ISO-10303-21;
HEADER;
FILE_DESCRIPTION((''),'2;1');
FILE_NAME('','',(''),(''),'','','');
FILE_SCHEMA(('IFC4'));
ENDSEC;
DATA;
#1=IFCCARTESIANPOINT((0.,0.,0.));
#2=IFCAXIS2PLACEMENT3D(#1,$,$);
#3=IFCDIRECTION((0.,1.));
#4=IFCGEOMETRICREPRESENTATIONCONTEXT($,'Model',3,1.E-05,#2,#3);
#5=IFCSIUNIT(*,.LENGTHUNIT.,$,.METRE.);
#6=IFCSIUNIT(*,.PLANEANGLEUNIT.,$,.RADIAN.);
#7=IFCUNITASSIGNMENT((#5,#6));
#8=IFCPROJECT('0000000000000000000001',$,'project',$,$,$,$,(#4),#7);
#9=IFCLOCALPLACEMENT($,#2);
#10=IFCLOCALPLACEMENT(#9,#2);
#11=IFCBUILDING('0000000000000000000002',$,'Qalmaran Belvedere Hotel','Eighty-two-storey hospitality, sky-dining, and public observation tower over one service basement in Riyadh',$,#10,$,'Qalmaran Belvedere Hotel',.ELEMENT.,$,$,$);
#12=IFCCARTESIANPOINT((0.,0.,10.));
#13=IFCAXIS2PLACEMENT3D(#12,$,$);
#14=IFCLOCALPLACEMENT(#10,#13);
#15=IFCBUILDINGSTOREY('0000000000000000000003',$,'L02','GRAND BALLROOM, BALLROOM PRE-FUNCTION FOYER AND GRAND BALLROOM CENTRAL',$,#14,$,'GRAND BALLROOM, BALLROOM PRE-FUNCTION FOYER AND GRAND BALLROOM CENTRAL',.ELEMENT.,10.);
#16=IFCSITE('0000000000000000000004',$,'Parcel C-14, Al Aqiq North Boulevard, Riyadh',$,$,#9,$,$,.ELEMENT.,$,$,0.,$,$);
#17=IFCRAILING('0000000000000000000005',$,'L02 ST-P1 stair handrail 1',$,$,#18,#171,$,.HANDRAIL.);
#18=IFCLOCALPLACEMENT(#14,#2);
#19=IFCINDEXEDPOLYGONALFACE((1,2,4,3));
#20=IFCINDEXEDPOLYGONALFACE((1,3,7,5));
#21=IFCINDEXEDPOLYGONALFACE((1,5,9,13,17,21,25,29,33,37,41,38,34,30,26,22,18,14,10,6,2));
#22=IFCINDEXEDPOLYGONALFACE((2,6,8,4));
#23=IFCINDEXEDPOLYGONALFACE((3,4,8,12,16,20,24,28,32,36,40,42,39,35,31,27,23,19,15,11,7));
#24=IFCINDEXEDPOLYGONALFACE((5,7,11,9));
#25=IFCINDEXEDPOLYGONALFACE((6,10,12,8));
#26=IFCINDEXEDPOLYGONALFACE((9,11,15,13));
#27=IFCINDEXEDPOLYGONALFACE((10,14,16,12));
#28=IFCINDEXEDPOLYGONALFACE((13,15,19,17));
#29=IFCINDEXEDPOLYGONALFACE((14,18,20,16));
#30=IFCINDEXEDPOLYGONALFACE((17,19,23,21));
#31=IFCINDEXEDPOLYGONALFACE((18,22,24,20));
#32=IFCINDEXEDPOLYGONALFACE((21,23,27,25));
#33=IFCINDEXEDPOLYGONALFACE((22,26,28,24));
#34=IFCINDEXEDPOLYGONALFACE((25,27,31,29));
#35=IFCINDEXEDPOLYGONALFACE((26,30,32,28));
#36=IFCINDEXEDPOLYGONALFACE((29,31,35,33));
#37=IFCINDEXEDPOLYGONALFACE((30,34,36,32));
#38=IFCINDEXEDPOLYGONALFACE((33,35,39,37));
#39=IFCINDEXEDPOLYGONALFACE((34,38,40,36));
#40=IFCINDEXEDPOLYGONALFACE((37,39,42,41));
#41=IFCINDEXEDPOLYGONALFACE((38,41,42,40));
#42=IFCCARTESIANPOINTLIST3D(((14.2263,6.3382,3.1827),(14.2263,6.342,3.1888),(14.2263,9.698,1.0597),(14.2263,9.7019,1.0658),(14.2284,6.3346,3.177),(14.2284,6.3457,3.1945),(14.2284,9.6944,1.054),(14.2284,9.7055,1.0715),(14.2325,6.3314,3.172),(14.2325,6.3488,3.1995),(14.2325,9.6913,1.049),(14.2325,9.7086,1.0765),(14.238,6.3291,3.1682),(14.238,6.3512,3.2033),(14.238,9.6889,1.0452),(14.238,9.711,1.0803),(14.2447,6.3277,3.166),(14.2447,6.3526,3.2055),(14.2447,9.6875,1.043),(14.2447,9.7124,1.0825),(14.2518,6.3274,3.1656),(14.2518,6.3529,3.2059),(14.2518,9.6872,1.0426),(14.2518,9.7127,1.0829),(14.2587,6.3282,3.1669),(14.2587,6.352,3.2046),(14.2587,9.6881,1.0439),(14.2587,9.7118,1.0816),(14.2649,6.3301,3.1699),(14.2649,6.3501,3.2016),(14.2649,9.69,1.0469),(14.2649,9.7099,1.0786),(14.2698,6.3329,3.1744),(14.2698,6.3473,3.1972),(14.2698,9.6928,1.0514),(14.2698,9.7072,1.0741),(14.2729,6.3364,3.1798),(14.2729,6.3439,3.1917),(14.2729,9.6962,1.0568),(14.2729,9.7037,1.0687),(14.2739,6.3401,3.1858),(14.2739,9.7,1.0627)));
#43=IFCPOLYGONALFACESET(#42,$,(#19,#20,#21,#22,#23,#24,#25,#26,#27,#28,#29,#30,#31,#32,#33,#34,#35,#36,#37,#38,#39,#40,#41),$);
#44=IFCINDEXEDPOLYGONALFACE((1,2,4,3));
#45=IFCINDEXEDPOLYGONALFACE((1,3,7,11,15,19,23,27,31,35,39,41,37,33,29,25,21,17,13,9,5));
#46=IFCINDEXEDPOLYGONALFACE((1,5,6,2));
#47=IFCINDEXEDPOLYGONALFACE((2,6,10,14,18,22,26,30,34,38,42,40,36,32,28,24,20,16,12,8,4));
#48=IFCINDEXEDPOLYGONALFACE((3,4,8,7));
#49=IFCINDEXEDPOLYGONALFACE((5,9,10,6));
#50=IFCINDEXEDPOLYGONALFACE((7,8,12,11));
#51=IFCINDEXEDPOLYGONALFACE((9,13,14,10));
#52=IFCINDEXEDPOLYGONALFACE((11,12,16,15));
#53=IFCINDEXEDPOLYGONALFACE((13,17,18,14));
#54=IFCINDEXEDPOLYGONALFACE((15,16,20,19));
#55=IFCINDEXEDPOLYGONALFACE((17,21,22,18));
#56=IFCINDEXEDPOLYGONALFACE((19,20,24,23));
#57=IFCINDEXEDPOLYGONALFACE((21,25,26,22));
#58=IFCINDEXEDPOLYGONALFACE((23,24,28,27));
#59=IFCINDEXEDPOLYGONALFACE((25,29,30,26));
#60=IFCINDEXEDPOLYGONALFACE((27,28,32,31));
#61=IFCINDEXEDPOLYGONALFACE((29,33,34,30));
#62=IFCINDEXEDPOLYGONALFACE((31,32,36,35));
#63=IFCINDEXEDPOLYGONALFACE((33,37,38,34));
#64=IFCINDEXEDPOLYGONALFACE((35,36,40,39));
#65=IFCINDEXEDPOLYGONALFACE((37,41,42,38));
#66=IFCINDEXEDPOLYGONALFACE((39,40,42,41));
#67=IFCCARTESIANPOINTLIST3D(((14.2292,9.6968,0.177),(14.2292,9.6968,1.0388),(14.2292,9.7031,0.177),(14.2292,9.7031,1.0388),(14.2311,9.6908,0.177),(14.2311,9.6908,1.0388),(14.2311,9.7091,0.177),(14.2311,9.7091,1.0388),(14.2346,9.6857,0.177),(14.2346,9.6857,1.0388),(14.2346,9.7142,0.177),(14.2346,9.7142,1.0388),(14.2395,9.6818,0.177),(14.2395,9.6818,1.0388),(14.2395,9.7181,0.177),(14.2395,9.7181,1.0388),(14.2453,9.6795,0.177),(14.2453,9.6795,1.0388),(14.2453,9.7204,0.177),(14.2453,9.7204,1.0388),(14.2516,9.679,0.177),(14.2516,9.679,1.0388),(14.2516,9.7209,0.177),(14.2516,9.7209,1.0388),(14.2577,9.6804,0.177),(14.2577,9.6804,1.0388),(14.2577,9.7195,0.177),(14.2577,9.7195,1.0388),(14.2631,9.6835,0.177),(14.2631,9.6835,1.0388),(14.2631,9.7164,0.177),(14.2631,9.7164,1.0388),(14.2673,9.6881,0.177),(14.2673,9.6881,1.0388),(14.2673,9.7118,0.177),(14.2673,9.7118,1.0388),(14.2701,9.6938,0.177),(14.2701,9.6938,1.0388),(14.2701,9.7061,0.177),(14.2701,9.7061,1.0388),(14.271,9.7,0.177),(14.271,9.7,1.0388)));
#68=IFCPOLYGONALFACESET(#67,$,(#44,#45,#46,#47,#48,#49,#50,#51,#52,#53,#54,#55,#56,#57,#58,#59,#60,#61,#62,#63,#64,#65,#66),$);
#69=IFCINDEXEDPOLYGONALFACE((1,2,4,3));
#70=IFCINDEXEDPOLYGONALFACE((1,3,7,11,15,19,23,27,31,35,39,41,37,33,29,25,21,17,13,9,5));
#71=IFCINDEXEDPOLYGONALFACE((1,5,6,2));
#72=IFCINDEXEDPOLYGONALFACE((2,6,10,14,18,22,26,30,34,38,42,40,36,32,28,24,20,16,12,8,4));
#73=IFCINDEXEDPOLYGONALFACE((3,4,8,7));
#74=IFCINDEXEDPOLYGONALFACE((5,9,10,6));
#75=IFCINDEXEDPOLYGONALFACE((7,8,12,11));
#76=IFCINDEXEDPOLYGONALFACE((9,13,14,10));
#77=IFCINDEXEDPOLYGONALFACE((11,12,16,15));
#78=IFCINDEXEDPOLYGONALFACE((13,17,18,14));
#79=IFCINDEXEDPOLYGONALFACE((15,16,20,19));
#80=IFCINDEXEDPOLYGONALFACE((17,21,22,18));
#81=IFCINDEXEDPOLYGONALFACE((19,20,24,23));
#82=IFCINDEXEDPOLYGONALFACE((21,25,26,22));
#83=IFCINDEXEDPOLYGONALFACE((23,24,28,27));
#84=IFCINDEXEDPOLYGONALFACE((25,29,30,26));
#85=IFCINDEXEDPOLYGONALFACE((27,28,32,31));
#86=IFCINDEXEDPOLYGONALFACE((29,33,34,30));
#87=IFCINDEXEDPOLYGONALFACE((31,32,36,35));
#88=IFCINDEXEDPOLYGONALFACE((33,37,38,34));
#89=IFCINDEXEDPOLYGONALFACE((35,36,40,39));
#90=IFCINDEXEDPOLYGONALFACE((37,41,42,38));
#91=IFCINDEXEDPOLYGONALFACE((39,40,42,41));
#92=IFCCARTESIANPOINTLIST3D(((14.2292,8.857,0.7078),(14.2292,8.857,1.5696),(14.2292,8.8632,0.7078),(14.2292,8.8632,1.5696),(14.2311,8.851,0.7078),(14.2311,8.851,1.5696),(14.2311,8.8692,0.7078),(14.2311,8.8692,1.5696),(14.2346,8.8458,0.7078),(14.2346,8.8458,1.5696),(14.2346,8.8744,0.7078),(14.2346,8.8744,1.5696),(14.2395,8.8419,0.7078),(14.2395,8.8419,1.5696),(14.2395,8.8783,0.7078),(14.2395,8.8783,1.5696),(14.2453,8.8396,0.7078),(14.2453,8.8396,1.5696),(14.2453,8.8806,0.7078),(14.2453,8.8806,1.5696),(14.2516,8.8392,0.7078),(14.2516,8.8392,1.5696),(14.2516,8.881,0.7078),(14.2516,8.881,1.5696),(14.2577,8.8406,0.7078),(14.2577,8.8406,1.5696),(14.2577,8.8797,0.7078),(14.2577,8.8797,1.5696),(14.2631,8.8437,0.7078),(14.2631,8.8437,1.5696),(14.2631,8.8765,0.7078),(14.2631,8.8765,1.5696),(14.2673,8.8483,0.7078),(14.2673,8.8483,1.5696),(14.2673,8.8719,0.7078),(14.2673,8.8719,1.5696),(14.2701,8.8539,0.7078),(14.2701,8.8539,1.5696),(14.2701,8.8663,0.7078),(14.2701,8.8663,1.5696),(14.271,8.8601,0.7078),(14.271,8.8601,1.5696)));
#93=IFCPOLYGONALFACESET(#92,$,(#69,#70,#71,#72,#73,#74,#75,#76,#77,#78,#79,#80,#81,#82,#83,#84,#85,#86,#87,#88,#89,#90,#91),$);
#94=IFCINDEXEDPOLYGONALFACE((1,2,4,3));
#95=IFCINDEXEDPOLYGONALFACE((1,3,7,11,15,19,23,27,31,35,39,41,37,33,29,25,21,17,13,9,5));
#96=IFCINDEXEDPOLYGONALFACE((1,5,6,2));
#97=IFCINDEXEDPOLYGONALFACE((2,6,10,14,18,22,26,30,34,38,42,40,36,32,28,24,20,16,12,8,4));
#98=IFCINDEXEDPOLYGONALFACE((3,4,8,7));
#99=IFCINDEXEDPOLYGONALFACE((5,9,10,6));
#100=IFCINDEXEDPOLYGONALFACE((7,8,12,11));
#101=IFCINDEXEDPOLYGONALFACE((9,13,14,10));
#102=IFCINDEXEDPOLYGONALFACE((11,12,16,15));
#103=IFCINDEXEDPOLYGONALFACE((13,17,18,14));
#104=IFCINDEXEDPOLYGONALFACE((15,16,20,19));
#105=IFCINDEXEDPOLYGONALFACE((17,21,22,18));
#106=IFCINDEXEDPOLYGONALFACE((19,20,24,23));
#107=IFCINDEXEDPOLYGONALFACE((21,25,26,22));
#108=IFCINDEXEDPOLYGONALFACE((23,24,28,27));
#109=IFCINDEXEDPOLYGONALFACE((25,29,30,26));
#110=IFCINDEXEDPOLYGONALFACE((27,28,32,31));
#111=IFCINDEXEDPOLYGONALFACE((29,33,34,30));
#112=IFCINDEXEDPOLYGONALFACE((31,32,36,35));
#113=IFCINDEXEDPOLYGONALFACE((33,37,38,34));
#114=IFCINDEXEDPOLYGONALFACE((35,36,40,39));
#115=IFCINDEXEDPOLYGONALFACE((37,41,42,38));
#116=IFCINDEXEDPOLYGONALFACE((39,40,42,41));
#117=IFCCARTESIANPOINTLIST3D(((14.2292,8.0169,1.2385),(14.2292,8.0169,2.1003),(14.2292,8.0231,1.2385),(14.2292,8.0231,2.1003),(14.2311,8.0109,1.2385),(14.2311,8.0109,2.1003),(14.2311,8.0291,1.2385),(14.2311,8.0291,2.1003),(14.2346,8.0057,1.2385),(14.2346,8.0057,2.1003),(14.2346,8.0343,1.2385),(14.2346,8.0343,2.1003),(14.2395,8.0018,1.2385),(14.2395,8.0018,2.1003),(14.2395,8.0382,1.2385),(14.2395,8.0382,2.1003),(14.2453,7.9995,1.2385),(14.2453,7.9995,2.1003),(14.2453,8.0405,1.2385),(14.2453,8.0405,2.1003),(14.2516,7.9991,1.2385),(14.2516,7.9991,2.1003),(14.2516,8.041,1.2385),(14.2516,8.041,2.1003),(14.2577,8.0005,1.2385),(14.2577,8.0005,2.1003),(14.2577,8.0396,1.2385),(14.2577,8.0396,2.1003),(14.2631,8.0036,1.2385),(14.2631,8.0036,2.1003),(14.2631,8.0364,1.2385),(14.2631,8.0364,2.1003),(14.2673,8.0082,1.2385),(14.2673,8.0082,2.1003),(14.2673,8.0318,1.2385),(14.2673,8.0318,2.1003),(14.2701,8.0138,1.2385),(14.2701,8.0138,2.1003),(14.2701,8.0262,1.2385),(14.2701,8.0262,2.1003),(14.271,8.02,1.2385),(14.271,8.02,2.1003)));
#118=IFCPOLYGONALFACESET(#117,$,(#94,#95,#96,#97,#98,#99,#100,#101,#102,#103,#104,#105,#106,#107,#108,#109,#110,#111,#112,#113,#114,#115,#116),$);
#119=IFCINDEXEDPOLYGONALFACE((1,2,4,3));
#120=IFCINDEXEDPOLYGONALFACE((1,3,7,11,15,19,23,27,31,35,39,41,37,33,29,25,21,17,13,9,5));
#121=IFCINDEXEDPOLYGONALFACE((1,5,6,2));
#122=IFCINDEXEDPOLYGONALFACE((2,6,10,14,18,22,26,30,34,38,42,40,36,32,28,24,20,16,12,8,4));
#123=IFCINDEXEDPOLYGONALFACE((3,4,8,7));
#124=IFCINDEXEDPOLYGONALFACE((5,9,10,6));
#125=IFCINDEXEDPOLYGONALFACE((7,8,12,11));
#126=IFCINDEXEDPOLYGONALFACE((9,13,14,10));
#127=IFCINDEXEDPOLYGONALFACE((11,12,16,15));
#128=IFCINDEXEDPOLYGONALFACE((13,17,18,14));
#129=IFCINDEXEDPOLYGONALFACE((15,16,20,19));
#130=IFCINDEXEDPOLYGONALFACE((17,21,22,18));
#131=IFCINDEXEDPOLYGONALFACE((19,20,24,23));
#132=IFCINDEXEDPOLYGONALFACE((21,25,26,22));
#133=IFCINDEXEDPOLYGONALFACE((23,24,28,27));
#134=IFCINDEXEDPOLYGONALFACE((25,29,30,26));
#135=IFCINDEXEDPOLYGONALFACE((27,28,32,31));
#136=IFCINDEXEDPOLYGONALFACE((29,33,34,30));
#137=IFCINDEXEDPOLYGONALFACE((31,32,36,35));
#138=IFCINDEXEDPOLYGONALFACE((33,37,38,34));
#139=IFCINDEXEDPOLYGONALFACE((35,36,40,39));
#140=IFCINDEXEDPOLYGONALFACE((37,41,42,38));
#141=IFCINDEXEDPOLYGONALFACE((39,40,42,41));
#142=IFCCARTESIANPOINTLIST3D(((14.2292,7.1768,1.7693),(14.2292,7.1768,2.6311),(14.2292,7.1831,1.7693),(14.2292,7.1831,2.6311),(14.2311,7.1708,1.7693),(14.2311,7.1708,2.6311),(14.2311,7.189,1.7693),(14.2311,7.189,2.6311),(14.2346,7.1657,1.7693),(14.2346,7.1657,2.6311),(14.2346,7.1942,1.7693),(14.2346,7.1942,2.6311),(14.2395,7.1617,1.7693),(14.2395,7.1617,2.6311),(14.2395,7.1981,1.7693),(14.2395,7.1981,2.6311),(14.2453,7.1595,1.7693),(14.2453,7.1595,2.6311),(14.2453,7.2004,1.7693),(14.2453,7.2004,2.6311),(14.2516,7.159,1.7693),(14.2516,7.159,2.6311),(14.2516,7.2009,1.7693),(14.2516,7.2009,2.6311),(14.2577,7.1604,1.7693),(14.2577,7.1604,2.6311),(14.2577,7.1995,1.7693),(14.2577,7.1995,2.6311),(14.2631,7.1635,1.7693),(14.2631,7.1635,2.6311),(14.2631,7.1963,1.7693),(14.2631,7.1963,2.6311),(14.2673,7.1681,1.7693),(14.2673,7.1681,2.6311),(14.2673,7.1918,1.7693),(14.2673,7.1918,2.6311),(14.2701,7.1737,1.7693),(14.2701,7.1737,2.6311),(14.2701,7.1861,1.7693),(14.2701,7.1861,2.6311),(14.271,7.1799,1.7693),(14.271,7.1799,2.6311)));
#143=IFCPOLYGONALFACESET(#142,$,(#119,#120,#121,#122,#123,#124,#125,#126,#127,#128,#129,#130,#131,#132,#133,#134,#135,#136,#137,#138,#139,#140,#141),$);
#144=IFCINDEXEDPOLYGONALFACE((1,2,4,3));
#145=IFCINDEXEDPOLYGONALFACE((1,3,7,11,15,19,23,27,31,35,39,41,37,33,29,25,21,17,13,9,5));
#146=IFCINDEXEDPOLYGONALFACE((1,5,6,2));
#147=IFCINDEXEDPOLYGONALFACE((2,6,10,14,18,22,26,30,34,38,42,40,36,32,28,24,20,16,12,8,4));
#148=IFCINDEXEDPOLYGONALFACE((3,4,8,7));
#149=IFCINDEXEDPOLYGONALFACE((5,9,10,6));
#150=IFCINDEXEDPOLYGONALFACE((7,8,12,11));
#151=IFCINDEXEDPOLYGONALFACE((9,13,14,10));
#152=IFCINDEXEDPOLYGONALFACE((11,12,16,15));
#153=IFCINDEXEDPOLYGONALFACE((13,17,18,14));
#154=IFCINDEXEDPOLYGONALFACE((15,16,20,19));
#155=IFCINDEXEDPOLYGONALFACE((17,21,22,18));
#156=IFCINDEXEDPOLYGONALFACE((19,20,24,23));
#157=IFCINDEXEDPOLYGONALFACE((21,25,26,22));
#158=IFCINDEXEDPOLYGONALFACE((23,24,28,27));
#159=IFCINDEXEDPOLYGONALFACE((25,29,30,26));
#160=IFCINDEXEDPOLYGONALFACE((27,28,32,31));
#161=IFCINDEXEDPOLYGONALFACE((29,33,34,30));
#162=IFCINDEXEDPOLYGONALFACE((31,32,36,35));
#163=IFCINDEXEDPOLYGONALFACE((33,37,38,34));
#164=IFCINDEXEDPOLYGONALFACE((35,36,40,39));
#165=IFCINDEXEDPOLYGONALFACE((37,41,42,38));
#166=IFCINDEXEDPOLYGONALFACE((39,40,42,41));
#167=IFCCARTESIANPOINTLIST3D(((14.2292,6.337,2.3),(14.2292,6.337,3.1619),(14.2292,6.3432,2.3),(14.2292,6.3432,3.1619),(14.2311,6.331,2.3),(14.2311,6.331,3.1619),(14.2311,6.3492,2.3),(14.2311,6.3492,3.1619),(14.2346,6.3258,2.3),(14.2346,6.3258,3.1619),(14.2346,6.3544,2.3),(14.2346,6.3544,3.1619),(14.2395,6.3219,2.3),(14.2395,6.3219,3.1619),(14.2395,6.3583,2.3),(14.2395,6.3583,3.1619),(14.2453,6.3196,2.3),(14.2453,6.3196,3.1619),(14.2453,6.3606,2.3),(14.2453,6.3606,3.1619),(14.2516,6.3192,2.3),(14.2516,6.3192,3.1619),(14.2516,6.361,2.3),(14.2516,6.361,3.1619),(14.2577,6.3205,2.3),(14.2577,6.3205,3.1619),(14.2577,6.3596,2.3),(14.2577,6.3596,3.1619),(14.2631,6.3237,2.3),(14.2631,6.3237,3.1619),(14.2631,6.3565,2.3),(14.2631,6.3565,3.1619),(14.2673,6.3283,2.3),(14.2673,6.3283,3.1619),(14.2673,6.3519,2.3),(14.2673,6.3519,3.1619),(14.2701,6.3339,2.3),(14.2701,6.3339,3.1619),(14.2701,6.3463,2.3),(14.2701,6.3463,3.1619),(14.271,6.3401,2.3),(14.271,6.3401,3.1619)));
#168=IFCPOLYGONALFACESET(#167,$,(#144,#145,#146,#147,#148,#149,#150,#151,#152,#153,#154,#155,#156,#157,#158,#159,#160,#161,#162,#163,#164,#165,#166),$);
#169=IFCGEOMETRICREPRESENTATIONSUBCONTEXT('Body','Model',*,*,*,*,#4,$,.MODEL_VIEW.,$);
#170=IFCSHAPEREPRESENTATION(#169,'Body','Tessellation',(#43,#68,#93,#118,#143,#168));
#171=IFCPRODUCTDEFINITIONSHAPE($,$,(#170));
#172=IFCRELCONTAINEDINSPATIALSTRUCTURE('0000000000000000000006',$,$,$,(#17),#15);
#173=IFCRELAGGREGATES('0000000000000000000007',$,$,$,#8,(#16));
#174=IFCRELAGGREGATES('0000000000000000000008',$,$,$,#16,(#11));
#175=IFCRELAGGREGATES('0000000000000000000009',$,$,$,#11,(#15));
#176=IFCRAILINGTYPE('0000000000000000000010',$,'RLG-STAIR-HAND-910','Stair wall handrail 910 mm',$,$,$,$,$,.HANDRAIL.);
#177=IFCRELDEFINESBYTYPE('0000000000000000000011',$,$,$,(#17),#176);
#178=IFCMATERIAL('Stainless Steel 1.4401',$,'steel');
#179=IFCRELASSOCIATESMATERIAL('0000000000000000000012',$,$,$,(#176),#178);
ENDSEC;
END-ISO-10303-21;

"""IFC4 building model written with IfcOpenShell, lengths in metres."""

from ifc_helpers import new_model, si_unit, direction, frame, origin, origin_2d, place, context, subcontext, project, spatial, circle, extrude, material, type_object, element, save


model = new_model("IFC4")

# Units and contexts
model_context = context("Model", 3, precision=1e-05, world=origin(), true_north=direction((0.0, 1.0)))
body_context = subcontext(model_context, "Body", "Model", "MODEL_VIEW")
ifc_project = project(units=[si_unit("LENGTHUNIT", "METRE"), si_unit("PLANEANGLEUNIT", "RADIAN")], contexts=[model_context])

# Site, building, storey
site_placement = place(None, origin())
site = spatial("IfcSite", under=ifc_project, at=site_placement, Name="Parcel C-14, Al Aqiq North Boulevard, Riyadh", CompositionType="ELEMENT", RefElevation=0.0)
building_placement = place(site_placement, origin())
building = spatial("IfcBuilding", under=site, at=building_placement, Name="Qalmaran Belvedere Hotel", Description="Eighty-two-storey hospitality, sky-dining, and public observation tower over one service basement in Riyadh", LongName="Qalmaran Belvedere Hotel", CompositionType="ELEMENT")
storey_placement = place(building_placement, frame((0.0, 0.0, 10.0)))
storey = spatial("IfcBuildingStorey", under=building, at=storey_placement, Name="L02", Description="GRAND BALLROOM, BALLROOM PRE-FUNCTION FOYER AND GRAND BALLROOM CENTRAL", LongName="GRAND BALLROOM, BALLROOM PRE-FUNCTION FOYER AND GRAND BALLROOM CENTRAL", CompositionType="ELEMENT", Elevation=10.0)

# Railing
ifc_material_1 = material(Name="Stainless Steel 1.4401", Category="steel")
railing_type_1 = type_object("IfcRailingType", Name="RLG-STAIR-HAND-910", Description="Stair wall handrail 910 mm", PredefinedType="HANDRAIL", material=ifc_material_1)
railing_1_placement = place(storey_placement, frame((14.25, 9.7, 0.177)))
element("IfcRailing", 1, at=railing_1_placement, inside=storey, type_object=railing_type_1, Name="L02 ST-P1 stair handrail 1", PredefinedType="HANDRAIL", context=body_context, shape_type="SweptSolid", body=[
    extrude(circle(Radius=0.0239, at=origin_2d()), frame((0.0, 0.0, 0.8857), z_axis=(0.0, -0.845372, 0.534178), x_axis=(1.0, 0.0, 0.0)), (0.0, 0.0, 1.0), 3.9744),
    extrude(circle(Radius=0.021, at=origin_2d()), origin(), (0.0, 0.0, 1.0), 0.8618),
    extrude(circle(Radius=0.021, at=origin_2d()), frame((0.0, -0.8398, 0.5308)), (0.0, 0.0, 1.0), 0.8618),
    extrude(circle(Radius=0.021, at=origin_2d()), frame((0.0, -1.6799, 1.0615)), (0.0, 0.0, 1.0), 0.8618),
    extrude(circle(Radius=0.021, at=origin_2d()), frame((0.0, -2.52, 1.5923)), (0.0, 0.0, 1.0), 0.8618),
    extrude(circle(Radius=0.021, at=origin_2d()), frame((0.0, -3.3599, 2.123)), (0.0, 0.0, 1.0), 0.8618),
])

save(model, "model.ifc")
